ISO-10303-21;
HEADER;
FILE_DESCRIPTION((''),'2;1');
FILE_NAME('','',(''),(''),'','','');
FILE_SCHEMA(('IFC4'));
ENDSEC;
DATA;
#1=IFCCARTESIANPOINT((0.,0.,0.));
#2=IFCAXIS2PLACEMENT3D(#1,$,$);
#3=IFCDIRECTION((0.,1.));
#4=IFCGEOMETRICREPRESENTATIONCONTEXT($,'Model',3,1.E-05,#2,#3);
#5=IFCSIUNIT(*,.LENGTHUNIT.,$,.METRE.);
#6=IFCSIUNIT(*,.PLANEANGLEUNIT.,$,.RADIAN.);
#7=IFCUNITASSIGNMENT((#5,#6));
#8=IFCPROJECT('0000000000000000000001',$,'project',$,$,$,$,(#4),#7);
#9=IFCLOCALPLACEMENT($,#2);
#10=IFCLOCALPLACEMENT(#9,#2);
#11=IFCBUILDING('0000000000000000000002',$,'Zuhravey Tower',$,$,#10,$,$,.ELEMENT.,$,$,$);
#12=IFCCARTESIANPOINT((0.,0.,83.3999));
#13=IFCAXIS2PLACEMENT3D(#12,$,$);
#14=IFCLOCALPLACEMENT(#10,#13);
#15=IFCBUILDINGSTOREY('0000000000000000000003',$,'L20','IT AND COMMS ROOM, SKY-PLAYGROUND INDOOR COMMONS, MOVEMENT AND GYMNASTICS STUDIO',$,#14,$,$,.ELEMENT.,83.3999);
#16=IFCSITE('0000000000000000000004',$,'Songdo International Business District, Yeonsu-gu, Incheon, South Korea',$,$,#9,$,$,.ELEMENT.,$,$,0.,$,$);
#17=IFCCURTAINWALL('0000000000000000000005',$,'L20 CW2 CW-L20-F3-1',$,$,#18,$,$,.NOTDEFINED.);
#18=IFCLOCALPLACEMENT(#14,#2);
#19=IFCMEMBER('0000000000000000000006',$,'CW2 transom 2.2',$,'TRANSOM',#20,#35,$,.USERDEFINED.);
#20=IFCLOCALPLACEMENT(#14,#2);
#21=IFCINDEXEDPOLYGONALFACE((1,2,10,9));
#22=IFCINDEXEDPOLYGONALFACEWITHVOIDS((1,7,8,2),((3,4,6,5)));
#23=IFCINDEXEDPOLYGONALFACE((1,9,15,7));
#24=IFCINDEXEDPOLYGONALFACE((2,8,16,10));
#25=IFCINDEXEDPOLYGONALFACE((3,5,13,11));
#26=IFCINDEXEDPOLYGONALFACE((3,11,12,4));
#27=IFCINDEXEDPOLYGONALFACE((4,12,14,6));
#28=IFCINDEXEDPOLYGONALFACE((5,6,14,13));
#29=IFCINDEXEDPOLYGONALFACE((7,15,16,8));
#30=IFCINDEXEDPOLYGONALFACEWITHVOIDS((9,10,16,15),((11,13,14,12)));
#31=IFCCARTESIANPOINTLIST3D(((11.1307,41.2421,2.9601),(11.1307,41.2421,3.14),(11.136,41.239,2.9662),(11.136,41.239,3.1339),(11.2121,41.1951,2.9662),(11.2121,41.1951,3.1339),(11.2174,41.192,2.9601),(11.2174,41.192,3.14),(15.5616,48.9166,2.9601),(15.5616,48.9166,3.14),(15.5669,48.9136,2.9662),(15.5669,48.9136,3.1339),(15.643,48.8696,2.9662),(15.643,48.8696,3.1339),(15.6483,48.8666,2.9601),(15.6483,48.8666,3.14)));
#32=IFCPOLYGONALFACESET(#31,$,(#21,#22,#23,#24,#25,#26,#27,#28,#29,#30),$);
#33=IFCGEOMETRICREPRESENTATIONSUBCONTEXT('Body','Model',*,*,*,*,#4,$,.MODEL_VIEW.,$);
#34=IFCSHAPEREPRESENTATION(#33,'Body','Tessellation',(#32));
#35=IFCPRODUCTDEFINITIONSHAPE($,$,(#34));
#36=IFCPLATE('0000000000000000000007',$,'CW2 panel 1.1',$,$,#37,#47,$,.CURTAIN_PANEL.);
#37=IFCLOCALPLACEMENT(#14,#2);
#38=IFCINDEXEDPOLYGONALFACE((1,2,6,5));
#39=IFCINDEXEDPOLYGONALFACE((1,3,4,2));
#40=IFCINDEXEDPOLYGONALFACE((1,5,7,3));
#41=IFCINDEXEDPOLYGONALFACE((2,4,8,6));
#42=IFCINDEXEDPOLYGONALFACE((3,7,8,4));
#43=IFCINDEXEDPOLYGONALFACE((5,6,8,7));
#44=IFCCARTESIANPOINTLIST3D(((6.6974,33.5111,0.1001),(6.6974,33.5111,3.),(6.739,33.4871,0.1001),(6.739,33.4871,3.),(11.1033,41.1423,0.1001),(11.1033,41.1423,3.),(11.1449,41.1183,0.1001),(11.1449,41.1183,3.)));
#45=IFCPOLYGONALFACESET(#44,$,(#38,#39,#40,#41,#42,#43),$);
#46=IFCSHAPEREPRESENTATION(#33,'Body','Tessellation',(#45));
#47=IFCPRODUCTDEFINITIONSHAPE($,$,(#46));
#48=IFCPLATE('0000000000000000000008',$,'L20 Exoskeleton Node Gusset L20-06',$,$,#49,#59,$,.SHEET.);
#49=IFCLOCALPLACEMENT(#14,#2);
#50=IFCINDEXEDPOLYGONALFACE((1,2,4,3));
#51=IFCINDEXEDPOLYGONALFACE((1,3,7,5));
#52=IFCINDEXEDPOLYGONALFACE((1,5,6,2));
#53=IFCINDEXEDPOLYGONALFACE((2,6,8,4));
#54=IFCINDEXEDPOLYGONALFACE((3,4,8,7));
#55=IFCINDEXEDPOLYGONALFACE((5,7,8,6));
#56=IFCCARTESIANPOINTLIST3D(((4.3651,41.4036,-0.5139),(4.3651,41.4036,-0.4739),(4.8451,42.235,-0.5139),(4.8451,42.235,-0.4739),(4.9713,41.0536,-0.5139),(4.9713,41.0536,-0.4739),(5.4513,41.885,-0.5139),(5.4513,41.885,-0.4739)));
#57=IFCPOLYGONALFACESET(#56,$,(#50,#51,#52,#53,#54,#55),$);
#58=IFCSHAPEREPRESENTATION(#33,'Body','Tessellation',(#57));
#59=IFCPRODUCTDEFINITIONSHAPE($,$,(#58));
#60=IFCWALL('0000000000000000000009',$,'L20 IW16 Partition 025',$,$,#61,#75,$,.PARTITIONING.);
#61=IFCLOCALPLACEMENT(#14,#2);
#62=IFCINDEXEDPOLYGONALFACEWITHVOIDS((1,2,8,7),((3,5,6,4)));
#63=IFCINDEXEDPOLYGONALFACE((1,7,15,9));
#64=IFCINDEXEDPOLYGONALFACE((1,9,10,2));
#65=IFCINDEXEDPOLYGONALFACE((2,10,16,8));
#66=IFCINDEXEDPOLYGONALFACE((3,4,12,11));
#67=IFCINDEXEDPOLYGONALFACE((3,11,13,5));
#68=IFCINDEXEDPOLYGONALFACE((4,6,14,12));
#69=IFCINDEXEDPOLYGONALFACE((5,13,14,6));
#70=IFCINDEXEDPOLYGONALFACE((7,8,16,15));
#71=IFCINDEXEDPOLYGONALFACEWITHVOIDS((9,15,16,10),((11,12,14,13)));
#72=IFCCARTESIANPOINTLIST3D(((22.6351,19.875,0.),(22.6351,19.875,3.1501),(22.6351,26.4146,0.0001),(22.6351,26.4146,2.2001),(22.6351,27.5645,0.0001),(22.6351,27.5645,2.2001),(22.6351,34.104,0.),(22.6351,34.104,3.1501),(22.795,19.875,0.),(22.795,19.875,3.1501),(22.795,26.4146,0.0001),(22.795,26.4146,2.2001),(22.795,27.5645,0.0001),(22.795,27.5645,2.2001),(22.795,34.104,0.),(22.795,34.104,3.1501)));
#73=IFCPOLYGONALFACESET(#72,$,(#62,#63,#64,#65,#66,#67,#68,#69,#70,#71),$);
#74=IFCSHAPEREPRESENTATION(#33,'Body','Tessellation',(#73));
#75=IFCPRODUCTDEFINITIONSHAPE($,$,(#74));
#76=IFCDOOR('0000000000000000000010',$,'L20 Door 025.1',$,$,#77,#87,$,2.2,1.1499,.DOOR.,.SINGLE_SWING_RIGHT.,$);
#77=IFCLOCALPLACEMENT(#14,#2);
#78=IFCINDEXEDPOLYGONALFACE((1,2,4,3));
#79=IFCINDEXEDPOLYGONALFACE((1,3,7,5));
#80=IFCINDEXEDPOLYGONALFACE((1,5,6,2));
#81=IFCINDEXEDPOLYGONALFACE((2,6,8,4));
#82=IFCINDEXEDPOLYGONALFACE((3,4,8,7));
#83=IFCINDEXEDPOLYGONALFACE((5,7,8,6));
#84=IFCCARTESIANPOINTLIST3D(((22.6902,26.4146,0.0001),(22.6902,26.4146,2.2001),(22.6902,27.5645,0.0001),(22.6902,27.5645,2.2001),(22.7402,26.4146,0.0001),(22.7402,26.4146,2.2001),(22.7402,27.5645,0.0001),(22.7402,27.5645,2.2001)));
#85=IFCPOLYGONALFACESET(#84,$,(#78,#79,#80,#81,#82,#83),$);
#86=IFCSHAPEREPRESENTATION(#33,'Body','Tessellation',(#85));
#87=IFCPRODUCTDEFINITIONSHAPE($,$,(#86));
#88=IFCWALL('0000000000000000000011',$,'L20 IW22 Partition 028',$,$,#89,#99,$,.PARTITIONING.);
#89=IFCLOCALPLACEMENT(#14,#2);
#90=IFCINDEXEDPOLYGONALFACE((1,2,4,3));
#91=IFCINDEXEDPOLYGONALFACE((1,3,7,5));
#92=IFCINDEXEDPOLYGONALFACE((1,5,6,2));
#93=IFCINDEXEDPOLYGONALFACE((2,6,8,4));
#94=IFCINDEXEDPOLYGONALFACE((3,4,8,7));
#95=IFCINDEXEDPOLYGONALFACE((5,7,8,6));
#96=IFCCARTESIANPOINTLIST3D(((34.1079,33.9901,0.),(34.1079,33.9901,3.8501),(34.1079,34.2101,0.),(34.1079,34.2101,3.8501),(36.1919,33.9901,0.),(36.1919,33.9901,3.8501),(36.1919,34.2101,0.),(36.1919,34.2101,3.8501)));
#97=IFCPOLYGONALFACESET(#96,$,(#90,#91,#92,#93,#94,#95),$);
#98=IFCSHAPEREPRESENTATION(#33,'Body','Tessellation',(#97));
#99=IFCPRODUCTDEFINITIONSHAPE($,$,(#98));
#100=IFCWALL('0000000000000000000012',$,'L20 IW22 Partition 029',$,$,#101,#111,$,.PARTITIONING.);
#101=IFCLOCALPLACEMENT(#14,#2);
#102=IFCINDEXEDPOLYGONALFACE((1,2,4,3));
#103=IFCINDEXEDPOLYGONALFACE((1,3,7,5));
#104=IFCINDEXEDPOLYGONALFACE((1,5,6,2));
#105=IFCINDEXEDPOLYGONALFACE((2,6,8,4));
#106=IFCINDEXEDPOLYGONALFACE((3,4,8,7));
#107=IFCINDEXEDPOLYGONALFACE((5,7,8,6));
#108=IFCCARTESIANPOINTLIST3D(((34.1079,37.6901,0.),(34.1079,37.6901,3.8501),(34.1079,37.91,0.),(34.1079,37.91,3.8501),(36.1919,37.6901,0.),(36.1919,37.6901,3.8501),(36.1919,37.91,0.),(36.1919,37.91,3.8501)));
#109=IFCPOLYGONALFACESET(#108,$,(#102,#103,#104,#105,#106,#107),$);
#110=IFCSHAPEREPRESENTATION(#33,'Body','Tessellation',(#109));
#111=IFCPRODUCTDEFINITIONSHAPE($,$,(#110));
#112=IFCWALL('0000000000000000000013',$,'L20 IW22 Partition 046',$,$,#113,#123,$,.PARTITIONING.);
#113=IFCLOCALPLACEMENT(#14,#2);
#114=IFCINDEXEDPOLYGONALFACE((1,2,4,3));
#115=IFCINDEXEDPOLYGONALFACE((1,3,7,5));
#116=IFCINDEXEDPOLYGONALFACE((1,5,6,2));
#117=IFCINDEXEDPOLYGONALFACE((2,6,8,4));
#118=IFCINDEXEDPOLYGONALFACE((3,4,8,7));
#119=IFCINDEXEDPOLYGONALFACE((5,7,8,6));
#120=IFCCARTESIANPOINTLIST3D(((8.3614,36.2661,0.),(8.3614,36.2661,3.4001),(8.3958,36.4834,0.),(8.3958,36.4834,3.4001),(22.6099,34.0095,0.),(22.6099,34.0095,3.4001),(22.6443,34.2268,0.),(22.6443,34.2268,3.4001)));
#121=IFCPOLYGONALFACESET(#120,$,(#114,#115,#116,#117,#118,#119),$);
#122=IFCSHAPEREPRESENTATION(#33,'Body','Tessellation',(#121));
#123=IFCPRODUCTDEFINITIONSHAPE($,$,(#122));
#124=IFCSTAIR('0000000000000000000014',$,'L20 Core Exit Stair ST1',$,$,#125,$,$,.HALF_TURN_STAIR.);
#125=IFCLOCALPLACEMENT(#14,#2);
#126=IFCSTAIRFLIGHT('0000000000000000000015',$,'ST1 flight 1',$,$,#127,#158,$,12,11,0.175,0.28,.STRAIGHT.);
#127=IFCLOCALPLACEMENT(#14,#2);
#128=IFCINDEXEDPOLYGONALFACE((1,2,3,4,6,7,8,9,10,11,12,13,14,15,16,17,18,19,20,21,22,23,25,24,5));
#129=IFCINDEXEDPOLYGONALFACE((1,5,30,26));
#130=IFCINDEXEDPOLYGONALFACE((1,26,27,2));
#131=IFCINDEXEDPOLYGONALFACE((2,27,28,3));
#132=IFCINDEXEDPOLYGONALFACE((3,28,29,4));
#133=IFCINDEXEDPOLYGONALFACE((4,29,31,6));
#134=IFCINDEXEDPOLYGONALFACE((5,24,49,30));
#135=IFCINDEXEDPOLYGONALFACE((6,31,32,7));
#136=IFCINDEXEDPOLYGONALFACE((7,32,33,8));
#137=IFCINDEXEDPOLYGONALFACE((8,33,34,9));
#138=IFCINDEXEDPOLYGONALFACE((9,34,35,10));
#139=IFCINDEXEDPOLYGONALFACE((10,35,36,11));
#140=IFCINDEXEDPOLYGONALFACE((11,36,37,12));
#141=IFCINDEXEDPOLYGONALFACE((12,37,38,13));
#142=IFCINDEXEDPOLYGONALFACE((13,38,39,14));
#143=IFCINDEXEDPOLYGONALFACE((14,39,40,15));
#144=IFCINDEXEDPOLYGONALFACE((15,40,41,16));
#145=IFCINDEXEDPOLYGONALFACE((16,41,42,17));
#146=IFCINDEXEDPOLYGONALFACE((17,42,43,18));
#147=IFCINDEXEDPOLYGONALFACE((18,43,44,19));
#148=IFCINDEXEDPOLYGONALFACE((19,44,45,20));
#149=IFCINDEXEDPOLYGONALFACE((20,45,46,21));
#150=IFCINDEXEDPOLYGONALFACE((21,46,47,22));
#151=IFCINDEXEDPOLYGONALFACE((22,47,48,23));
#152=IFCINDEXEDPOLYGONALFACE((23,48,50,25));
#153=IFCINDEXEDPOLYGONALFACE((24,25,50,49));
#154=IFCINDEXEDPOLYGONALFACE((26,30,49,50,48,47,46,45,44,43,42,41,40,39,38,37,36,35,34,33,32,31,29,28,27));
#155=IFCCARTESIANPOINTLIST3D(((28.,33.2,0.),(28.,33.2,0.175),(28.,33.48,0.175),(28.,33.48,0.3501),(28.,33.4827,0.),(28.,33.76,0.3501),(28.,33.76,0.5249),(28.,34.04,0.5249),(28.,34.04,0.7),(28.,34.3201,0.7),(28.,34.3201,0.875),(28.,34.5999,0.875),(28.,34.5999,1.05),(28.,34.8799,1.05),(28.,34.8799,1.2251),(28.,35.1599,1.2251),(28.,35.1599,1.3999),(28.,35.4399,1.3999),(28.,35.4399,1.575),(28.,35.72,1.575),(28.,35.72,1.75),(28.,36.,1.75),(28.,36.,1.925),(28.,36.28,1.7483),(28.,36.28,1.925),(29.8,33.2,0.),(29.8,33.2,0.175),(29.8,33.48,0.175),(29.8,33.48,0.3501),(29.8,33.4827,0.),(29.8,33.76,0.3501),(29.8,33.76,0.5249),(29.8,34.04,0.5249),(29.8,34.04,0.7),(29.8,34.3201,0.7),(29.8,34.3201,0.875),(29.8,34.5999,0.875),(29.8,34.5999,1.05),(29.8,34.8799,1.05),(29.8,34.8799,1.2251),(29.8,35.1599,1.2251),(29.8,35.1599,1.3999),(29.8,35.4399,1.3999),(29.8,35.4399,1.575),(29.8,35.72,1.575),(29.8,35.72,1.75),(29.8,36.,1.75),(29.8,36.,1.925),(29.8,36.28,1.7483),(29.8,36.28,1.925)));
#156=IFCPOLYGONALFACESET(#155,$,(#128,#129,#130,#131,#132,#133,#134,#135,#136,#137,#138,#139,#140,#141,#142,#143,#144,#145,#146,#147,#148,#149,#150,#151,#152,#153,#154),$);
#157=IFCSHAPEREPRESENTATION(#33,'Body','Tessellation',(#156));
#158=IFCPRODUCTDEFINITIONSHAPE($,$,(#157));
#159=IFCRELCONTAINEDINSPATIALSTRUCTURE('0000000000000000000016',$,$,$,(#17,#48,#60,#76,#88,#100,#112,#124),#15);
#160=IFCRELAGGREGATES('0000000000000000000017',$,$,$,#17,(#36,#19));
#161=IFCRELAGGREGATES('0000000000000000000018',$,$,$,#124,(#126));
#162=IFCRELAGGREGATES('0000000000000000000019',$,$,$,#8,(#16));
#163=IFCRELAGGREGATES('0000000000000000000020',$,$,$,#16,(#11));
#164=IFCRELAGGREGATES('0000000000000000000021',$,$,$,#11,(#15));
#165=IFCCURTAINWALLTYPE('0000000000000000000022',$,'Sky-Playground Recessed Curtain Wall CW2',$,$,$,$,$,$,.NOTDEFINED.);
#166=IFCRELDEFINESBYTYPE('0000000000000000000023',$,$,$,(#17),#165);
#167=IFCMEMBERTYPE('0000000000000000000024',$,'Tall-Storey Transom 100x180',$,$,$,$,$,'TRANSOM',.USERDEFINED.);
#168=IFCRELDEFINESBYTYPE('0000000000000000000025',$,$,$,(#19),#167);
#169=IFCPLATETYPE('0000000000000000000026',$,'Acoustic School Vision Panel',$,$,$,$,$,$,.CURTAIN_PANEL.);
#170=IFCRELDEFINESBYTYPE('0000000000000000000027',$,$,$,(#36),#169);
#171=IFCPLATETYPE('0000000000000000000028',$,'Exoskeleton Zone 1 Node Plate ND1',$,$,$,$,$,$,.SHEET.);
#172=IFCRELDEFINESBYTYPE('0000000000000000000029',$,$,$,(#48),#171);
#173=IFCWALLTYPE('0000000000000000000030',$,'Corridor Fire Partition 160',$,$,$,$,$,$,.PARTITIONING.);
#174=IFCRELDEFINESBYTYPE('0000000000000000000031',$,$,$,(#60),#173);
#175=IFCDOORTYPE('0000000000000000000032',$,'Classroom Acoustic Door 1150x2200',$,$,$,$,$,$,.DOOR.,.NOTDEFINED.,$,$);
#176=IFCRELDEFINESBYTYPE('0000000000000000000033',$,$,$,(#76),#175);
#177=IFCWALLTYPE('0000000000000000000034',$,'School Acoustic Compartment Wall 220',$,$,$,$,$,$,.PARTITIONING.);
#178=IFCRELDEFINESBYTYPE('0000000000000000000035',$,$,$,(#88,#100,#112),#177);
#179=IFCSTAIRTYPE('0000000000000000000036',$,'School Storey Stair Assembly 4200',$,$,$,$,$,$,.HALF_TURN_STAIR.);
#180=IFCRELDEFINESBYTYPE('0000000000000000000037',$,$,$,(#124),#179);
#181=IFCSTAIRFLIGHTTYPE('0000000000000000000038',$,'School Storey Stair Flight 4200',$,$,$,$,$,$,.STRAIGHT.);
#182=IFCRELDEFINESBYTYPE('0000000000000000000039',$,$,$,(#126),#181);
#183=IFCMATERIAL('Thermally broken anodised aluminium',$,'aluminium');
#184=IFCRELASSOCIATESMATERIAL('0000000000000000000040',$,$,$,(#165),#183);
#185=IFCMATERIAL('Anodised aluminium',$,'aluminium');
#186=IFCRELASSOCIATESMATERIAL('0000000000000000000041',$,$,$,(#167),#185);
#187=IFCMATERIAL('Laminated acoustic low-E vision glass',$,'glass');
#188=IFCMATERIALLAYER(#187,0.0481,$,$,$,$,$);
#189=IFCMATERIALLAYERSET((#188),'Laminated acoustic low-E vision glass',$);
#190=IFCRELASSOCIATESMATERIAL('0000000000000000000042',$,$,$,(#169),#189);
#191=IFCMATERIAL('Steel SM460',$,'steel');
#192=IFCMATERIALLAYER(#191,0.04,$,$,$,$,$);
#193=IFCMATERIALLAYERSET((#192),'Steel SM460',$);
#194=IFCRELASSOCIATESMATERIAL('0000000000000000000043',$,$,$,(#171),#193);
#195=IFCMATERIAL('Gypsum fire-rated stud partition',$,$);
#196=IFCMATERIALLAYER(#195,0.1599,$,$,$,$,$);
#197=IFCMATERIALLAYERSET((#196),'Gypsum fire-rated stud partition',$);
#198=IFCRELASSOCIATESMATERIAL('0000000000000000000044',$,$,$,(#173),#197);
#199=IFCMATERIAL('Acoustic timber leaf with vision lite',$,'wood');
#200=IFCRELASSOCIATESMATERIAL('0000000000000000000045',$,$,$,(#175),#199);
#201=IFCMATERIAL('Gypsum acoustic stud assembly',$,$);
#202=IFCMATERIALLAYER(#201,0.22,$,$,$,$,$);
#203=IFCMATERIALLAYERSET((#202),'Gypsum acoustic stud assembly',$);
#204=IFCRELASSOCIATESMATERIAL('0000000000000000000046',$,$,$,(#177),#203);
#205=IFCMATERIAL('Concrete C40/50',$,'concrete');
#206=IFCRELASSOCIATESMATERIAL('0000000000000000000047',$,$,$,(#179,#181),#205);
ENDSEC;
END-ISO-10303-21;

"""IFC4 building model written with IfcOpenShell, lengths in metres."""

from ifc_helpers import new_model, si_unit, direction, frame, frame_2d, origin, origin_2d, place, context, subcontext, project, spatial, polyline, rectangle, hollow_rectangle, outline, extrude, material, layer, layer_set, material_profile, profile_set, type_object, element, fill, aggregate, save


model = new_model("IFC4")

# Units and contexts
model_context = context("Model", 3, precision=1e-05, world=origin(), true_north=direction((0.0, 1.0)))
body_context = subcontext(model_context, "Body", "Model", "MODEL_VIEW")
ifc_project = project(units=[si_unit("LENGTHUNIT", "METRE"), si_unit("PLANEANGLEUNIT", "RADIAN")], contexts=[model_context])

# Site, building, storey
site_placement = place(None, origin())
site = spatial("IfcSite", under=ifc_project, at=site_placement, Name="Songdo International Business District, Yeonsu-gu, Incheon, South Korea", CompositionType="ELEMENT", RefElevation=0.0)
building_placement = place(site_placement, origin())
building = spatial("IfcBuilding", under=site, at=building_placement, Name="Zuhravey Tower", CompositionType="ELEMENT")
storey_placement = place(building_placement, frame((0.0, 0.0, 83.3999)))
storey = spatial("IfcBuildingStorey", under=building, at=storey_placement, Name="L20", Description="IT AND COMMS ROOM, SKY-PLAYGROUND INDOOR COMMONS, MOVEMENT AND GYMNASTICS STUDIO", CompositionType="ELEMENT", Elevation=83.3999)

# Shared definitions
ifc_material_1 = material(Name="Steel SM460", Category="steel")

# Curtain wall
ifc_material_2 = material(Name="Thermally broken anodised aluminium", Category="aluminium")
curtain_wall_type = type_object("IfcCurtainWallType", Name="Sky-Playground Recessed Curtain Wall CW2", PredefinedType="NOTDEFINED", material=ifc_material_2)
curtain_wall_placement = place(storey_placement, origin())
curtain_wall = element("IfcCurtainWall", 1, at=curtain_wall_placement, inside=storey, type_object=curtain_wall_type, Name="L20 CW2 CW-L20-F3-1", PredefinedType="NOTDEFINED")
ifc_material_3 = material(Name="Anodised aluminium", Category="aluminium")

# Member
ifc_material_profile_1 = material_profile(ifc_material_3, hollow_rectangle(XDim=0.1001, YDim=0.1799, WallThickness=0.0061, at=origin_2d()), Name="ALU-RHS-100x180x6")
ifc_profile_set_1 = profile_set([ifc_material_profile_1], Name="Anodised aluminium")
member_type_1 = type_object("IfcMemberType", Name="Tall-Storey Transom 100x180", ElementType="TRANSOM", PredefinedType="USERDEFINED", material=ifc_profile_set_1)
member_1_placement = place(storey_placement, frame((11.1741, 41.217, 3.05), z_axis=(0.5, 0.866025, 0.0), x_axis=(-0.866025, 0.5, 0.0)))
member_1 = element("IfcMember", 2, at=member_1_placement, type_object=member_type_1, Name="CW2 transom 2.2", ObjectType="TRANSOM", PredefinedType="USERDEFINED", context=body_context, shape_type="SweptSolid", body=[
    extrude(hollow_rectangle(XDim=0.1001, YDim=0.1799, WallThickness=0.0061, at=origin_2d()), origin(), (0.0, 0.0, 1.0), 8.8618),
])

# Plates
ifc_material_4 = material(Name="Laminated acoustic low-E vision glass", Category="glass")
ifc_layer_1 = layer(ifc_material_4, 0.0481)
ifc_layer_set_1 = layer_set([ifc_layer_1], Name="Laminated acoustic low-E vision glass")
plate_type_1 = type_object("IfcPlateType", Name="Acoustic School Vision Panel", PredefinedType="CURTAIN_PANEL", material=ifc_layer_set_1)
plate_1_placement = place(storey_placement, frame((8.9211, 37.3147, 0.1001), z_axis=(0.0, 0.0, 1.0), x_axis=(0.499999, 0.866026, 0.0)))
plate_1 = element("IfcPlate", 3, at=plate_1_placement, type_object=plate_type_1, Name="CW2 panel 1.1", PredefinedType="CURTAIN_PANEL", context=body_context, shape_type="SweptSolid", body=[
    extrude(rectangle(XDim=8.8118, YDim=0.0481, at=origin_2d()), origin(), (0.0, 0.0, 1.0), 2.8999),
])
aggregate(curtain_wall, [plate_1, member_1])
ifc_layer_2 = layer(ifc_material_1, 0.04)
ifc_layer_set_2 = layer_set([ifc_layer_2], Name="Steel SM460")
plate_type_2 = type_object("IfcPlateType", Name="Exoskeleton Zone 1 Node Plate ND1", PredefinedType="SHEET", material=ifc_layer_set_2)
plate_2_placement = place(storey_placement, frame((4.9082, 41.6443, -0.5139), z_axis=(0.0, 0.0, 1.0), x_axis=(-0.5, -0.866025, 0.0)))
element("IfcPlate", 4, at=plate_2_placement, inside=storey, type_object=plate_type_2, Name="L20 Exoskeleton Node Gusset L20-06", PredefinedType="SHEET", context=body_context, shape_type="SweptSolid", body=[
    extrude(rectangle(XDim=0.96, YDim=0.7, at=origin_2d()), origin(), (0.0, 0.0, 1.0), 0.04),
])

# Wall, opening, door
ifc_material_5 = material(Name="Gypsum fire-rated stud partition")
ifc_layer_3 = layer(ifc_material_5, 0.1599)
ifc_layer_set_3 = layer_set([ifc_layer_3], Name="Gypsum fire-rated stud partition")
wall_type_1 = type_object("IfcWallType", Name="Corridor Fire Partition 160", PredefinedType="PARTITIONING", material=ifc_layer_set_3)
wall_1_placement = place(storey_placement, frame((22.7151, 34.104, 0.0), z_axis=(0.0, 0.0, 1.0), x_axis=(0.0, -1.0, 0.0)))
wall_1 = element("IfcWall", 5, at=wall_1_placement, inside=storey, type_object=wall_type_1, Name="L20 IW16 Partition 025", PredefinedType="PARTITIONING", context=body_context, shape_type="SweptSolid", body=[
    extrude(rectangle(XDim=14.229, YDim=0.1599, at=frame_2d((7.1145, 0.0))), origin(), (0.0, 0.0, 1.0), 3.1501),
])
opening_placement = place(wall_1_placement, frame((6.5396, 0.0, 0.0)))
opening = element("IfcOpeningElement", 6, at=opening_placement, cuts=wall_1, PredefinedType="OPENING", context=body_context, shape_type="SweptSolid", body=[
    extrude(rectangle(XDim=1.1499, YDim=2.2, at=frame_2d((0.575, 1.1001))), frame((0.0, 0.092, 0.0), z_axis=(0.0, -1.0, 0.0), x_axis=(1.0, 0.0, 0.0)), (0.0, 0.0, 1.0), 0.1838),
])
ifc_material_6 = material(Name="Acoustic timber leaf with vision lite", Category="wood")
door_type = type_object("IfcDoorType", Name="Classroom Acoustic Door 1150x2200", OperationType="NOTDEFINED", PredefinedType="DOOR", material=ifc_material_6)
door_placement = place(opening_placement, frame((1.1499, 0.0, 0.0), z_axis=(0.0, 0.0, 1.0), x_axis=(-1.0, 0.0, 0.0)))
door = element("IfcDoor", 7, at=door_placement, inside=storey, type_object=door_type, Name="L20 Door 025.1", OperationType="SINGLE_SWING_RIGHT", OverallHeight=2.2, OverallWidth=1.1499, PredefinedType="DOOR", context=body_context, shape_type="SweptSolid", body=[
    extrude(rectangle(XDim=1.1499, YDim=2.2, at=frame_2d((0.575, 1.1001))), frame((0.0, 0.0249, 0.0), z_axis=(0.0, -1.0, 0.0), x_axis=(1.0, 0.0, 0.0)), (0.0, 0.0, 1.0), 0.05),
])
fill(opening, door)

# Walls
ifc_material_7 = material(Name="Gypsum acoustic stud assembly")
ifc_layer_4 = layer(ifc_material_7, 0.22)
ifc_layer_set_4 = layer_set([ifc_layer_4], Name="Gypsum acoustic stud assembly")
wall_type_2 = type_object("IfcWallType", Name="School Acoustic Compartment Wall 220", PredefinedType="PARTITIONING", material=ifc_layer_set_4)
for number, where, z_axis, x_axis, name in (
    (8, (34.1079, 34.1001, 0.0), (0.0, 0.0, 1.0), (1.0, 0.0, 0.0), "L20 IW22 Partition 028"),
    (9, (34.1079, 37.8, 0.0), (0.0, 0.0, 1.0), (1.0, 0.0, 0.0), "L20 IW22 Partition 029"),
):
    element("IfcWall", number, at=place(storey_placement, frame(where, z_axis=z_axis, x_axis=x_axis)), inside=storey, type_object=wall_type_2, Name=name, PredefinedType="PARTITIONING", context=body_context, shape_type="SweptSolid", body=[
        extrude(rectangle(XDim=2.084, YDim=0.22, at=frame_2d((1.042, 0.0))), origin(), (0.0, 0.0, 1.0), 3.8501),
    ])
wall_2_placement = place(storey_placement, frame((22.627, 34.1182, 0.0), z_axis=(0.0, 0.0, 1.0), x_axis=(-0.98769, 0.156424, 0.0)))
element("IfcWall", 10, at=wall_2_placement, inside=storey, type_object=wall_type_2, Name="L20 IW22 Partition 046", PredefinedType="PARTITIONING", context=body_context, shape_type="SweptSolid", body=[
    extrude(rectangle(XDim=14.426, YDim=0.22, at=frame_2d((7.2129, 0.0))), origin(), (0.0, 0.0, 1.0), 3.4001),
])

# Stair, stair flight
ifc_material_8 = material(Name="Concrete C40/50", Category="concrete")
stair_type = type_object("IfcStairType", Name="School Storey Stair Assembly 4200", PredefinedType="HALF_TURN_STAIR", material=ifc_material_8)
stair_1_placement = place(storey_placement, origin())
stair_1 = element("IfcStair", 11, at=stair_1_placement, inside=storey, type_object=stair_type, Name="L20 Core Exit Stair ST1", PredefinedType="HALF_TURN_STAIR")
stair_flight_type = type_object("IfcStairFlightType", Name="School Storey Stair Flight 4200", PredefinedType="STRAIGHT", material=ifc_material_8)
stair_flight_1_placement = place(storey_placement, frame((28.8999, 33.2, 0.0), z_axis=(0.0, 0.0, 1.0), x_axis=(0.0, 1.0, 0.0)))
stair_flight_1 = element("IfcStairFlight", 12, at=stair_flight_1_placement, type_object=stair_flight_type, Name="ST1 flight 1", NumberOfRisers=12, NumberOfTreads=11, PredefinedType="STRAIGHT", RiserHeight=0.175, TreadLength=0.28, context=body_context, shape_type="SweptSolid", body=[
    extrude(outline(polyline([(0.0, 0.0), (0.0, 0.175), (0.28, 0.175), (0.28, 0.3501), (0.5601, 0.3501), (0.5601, 0.5249), (0.8401, 0.5249), (0.8401, 0.7), (1.1201, 0.7), (1.1201, 0.875), (1.3999, 0.875), (1.3999, 1.05), (1.6799, 1.05), (1.6799, 1.2251), (1.96, 1.2251), (1.96, 1.3999), (2.24, 1.3999), (2.24, 1.575), (2.52, 1.575), (2.52, 1.75), (2.8, 1.75), (2.8, 1.925), (3.0801, 1.925), (3.0801, 2.1001), (3.0801, 1.7483), (0.2827, 0.0), (0.0, 0.0)])), frame((0.0, 0.8999, 0.0), z_axis=(0.0, -1.0, 0.0), x_axis=(1.0, 0.0, 0.0)), (0.0, 0.0, 1.0), 1.8),
])
aggregate(stair_1, [stair_flight_1])

save(model, "model.ifc")
